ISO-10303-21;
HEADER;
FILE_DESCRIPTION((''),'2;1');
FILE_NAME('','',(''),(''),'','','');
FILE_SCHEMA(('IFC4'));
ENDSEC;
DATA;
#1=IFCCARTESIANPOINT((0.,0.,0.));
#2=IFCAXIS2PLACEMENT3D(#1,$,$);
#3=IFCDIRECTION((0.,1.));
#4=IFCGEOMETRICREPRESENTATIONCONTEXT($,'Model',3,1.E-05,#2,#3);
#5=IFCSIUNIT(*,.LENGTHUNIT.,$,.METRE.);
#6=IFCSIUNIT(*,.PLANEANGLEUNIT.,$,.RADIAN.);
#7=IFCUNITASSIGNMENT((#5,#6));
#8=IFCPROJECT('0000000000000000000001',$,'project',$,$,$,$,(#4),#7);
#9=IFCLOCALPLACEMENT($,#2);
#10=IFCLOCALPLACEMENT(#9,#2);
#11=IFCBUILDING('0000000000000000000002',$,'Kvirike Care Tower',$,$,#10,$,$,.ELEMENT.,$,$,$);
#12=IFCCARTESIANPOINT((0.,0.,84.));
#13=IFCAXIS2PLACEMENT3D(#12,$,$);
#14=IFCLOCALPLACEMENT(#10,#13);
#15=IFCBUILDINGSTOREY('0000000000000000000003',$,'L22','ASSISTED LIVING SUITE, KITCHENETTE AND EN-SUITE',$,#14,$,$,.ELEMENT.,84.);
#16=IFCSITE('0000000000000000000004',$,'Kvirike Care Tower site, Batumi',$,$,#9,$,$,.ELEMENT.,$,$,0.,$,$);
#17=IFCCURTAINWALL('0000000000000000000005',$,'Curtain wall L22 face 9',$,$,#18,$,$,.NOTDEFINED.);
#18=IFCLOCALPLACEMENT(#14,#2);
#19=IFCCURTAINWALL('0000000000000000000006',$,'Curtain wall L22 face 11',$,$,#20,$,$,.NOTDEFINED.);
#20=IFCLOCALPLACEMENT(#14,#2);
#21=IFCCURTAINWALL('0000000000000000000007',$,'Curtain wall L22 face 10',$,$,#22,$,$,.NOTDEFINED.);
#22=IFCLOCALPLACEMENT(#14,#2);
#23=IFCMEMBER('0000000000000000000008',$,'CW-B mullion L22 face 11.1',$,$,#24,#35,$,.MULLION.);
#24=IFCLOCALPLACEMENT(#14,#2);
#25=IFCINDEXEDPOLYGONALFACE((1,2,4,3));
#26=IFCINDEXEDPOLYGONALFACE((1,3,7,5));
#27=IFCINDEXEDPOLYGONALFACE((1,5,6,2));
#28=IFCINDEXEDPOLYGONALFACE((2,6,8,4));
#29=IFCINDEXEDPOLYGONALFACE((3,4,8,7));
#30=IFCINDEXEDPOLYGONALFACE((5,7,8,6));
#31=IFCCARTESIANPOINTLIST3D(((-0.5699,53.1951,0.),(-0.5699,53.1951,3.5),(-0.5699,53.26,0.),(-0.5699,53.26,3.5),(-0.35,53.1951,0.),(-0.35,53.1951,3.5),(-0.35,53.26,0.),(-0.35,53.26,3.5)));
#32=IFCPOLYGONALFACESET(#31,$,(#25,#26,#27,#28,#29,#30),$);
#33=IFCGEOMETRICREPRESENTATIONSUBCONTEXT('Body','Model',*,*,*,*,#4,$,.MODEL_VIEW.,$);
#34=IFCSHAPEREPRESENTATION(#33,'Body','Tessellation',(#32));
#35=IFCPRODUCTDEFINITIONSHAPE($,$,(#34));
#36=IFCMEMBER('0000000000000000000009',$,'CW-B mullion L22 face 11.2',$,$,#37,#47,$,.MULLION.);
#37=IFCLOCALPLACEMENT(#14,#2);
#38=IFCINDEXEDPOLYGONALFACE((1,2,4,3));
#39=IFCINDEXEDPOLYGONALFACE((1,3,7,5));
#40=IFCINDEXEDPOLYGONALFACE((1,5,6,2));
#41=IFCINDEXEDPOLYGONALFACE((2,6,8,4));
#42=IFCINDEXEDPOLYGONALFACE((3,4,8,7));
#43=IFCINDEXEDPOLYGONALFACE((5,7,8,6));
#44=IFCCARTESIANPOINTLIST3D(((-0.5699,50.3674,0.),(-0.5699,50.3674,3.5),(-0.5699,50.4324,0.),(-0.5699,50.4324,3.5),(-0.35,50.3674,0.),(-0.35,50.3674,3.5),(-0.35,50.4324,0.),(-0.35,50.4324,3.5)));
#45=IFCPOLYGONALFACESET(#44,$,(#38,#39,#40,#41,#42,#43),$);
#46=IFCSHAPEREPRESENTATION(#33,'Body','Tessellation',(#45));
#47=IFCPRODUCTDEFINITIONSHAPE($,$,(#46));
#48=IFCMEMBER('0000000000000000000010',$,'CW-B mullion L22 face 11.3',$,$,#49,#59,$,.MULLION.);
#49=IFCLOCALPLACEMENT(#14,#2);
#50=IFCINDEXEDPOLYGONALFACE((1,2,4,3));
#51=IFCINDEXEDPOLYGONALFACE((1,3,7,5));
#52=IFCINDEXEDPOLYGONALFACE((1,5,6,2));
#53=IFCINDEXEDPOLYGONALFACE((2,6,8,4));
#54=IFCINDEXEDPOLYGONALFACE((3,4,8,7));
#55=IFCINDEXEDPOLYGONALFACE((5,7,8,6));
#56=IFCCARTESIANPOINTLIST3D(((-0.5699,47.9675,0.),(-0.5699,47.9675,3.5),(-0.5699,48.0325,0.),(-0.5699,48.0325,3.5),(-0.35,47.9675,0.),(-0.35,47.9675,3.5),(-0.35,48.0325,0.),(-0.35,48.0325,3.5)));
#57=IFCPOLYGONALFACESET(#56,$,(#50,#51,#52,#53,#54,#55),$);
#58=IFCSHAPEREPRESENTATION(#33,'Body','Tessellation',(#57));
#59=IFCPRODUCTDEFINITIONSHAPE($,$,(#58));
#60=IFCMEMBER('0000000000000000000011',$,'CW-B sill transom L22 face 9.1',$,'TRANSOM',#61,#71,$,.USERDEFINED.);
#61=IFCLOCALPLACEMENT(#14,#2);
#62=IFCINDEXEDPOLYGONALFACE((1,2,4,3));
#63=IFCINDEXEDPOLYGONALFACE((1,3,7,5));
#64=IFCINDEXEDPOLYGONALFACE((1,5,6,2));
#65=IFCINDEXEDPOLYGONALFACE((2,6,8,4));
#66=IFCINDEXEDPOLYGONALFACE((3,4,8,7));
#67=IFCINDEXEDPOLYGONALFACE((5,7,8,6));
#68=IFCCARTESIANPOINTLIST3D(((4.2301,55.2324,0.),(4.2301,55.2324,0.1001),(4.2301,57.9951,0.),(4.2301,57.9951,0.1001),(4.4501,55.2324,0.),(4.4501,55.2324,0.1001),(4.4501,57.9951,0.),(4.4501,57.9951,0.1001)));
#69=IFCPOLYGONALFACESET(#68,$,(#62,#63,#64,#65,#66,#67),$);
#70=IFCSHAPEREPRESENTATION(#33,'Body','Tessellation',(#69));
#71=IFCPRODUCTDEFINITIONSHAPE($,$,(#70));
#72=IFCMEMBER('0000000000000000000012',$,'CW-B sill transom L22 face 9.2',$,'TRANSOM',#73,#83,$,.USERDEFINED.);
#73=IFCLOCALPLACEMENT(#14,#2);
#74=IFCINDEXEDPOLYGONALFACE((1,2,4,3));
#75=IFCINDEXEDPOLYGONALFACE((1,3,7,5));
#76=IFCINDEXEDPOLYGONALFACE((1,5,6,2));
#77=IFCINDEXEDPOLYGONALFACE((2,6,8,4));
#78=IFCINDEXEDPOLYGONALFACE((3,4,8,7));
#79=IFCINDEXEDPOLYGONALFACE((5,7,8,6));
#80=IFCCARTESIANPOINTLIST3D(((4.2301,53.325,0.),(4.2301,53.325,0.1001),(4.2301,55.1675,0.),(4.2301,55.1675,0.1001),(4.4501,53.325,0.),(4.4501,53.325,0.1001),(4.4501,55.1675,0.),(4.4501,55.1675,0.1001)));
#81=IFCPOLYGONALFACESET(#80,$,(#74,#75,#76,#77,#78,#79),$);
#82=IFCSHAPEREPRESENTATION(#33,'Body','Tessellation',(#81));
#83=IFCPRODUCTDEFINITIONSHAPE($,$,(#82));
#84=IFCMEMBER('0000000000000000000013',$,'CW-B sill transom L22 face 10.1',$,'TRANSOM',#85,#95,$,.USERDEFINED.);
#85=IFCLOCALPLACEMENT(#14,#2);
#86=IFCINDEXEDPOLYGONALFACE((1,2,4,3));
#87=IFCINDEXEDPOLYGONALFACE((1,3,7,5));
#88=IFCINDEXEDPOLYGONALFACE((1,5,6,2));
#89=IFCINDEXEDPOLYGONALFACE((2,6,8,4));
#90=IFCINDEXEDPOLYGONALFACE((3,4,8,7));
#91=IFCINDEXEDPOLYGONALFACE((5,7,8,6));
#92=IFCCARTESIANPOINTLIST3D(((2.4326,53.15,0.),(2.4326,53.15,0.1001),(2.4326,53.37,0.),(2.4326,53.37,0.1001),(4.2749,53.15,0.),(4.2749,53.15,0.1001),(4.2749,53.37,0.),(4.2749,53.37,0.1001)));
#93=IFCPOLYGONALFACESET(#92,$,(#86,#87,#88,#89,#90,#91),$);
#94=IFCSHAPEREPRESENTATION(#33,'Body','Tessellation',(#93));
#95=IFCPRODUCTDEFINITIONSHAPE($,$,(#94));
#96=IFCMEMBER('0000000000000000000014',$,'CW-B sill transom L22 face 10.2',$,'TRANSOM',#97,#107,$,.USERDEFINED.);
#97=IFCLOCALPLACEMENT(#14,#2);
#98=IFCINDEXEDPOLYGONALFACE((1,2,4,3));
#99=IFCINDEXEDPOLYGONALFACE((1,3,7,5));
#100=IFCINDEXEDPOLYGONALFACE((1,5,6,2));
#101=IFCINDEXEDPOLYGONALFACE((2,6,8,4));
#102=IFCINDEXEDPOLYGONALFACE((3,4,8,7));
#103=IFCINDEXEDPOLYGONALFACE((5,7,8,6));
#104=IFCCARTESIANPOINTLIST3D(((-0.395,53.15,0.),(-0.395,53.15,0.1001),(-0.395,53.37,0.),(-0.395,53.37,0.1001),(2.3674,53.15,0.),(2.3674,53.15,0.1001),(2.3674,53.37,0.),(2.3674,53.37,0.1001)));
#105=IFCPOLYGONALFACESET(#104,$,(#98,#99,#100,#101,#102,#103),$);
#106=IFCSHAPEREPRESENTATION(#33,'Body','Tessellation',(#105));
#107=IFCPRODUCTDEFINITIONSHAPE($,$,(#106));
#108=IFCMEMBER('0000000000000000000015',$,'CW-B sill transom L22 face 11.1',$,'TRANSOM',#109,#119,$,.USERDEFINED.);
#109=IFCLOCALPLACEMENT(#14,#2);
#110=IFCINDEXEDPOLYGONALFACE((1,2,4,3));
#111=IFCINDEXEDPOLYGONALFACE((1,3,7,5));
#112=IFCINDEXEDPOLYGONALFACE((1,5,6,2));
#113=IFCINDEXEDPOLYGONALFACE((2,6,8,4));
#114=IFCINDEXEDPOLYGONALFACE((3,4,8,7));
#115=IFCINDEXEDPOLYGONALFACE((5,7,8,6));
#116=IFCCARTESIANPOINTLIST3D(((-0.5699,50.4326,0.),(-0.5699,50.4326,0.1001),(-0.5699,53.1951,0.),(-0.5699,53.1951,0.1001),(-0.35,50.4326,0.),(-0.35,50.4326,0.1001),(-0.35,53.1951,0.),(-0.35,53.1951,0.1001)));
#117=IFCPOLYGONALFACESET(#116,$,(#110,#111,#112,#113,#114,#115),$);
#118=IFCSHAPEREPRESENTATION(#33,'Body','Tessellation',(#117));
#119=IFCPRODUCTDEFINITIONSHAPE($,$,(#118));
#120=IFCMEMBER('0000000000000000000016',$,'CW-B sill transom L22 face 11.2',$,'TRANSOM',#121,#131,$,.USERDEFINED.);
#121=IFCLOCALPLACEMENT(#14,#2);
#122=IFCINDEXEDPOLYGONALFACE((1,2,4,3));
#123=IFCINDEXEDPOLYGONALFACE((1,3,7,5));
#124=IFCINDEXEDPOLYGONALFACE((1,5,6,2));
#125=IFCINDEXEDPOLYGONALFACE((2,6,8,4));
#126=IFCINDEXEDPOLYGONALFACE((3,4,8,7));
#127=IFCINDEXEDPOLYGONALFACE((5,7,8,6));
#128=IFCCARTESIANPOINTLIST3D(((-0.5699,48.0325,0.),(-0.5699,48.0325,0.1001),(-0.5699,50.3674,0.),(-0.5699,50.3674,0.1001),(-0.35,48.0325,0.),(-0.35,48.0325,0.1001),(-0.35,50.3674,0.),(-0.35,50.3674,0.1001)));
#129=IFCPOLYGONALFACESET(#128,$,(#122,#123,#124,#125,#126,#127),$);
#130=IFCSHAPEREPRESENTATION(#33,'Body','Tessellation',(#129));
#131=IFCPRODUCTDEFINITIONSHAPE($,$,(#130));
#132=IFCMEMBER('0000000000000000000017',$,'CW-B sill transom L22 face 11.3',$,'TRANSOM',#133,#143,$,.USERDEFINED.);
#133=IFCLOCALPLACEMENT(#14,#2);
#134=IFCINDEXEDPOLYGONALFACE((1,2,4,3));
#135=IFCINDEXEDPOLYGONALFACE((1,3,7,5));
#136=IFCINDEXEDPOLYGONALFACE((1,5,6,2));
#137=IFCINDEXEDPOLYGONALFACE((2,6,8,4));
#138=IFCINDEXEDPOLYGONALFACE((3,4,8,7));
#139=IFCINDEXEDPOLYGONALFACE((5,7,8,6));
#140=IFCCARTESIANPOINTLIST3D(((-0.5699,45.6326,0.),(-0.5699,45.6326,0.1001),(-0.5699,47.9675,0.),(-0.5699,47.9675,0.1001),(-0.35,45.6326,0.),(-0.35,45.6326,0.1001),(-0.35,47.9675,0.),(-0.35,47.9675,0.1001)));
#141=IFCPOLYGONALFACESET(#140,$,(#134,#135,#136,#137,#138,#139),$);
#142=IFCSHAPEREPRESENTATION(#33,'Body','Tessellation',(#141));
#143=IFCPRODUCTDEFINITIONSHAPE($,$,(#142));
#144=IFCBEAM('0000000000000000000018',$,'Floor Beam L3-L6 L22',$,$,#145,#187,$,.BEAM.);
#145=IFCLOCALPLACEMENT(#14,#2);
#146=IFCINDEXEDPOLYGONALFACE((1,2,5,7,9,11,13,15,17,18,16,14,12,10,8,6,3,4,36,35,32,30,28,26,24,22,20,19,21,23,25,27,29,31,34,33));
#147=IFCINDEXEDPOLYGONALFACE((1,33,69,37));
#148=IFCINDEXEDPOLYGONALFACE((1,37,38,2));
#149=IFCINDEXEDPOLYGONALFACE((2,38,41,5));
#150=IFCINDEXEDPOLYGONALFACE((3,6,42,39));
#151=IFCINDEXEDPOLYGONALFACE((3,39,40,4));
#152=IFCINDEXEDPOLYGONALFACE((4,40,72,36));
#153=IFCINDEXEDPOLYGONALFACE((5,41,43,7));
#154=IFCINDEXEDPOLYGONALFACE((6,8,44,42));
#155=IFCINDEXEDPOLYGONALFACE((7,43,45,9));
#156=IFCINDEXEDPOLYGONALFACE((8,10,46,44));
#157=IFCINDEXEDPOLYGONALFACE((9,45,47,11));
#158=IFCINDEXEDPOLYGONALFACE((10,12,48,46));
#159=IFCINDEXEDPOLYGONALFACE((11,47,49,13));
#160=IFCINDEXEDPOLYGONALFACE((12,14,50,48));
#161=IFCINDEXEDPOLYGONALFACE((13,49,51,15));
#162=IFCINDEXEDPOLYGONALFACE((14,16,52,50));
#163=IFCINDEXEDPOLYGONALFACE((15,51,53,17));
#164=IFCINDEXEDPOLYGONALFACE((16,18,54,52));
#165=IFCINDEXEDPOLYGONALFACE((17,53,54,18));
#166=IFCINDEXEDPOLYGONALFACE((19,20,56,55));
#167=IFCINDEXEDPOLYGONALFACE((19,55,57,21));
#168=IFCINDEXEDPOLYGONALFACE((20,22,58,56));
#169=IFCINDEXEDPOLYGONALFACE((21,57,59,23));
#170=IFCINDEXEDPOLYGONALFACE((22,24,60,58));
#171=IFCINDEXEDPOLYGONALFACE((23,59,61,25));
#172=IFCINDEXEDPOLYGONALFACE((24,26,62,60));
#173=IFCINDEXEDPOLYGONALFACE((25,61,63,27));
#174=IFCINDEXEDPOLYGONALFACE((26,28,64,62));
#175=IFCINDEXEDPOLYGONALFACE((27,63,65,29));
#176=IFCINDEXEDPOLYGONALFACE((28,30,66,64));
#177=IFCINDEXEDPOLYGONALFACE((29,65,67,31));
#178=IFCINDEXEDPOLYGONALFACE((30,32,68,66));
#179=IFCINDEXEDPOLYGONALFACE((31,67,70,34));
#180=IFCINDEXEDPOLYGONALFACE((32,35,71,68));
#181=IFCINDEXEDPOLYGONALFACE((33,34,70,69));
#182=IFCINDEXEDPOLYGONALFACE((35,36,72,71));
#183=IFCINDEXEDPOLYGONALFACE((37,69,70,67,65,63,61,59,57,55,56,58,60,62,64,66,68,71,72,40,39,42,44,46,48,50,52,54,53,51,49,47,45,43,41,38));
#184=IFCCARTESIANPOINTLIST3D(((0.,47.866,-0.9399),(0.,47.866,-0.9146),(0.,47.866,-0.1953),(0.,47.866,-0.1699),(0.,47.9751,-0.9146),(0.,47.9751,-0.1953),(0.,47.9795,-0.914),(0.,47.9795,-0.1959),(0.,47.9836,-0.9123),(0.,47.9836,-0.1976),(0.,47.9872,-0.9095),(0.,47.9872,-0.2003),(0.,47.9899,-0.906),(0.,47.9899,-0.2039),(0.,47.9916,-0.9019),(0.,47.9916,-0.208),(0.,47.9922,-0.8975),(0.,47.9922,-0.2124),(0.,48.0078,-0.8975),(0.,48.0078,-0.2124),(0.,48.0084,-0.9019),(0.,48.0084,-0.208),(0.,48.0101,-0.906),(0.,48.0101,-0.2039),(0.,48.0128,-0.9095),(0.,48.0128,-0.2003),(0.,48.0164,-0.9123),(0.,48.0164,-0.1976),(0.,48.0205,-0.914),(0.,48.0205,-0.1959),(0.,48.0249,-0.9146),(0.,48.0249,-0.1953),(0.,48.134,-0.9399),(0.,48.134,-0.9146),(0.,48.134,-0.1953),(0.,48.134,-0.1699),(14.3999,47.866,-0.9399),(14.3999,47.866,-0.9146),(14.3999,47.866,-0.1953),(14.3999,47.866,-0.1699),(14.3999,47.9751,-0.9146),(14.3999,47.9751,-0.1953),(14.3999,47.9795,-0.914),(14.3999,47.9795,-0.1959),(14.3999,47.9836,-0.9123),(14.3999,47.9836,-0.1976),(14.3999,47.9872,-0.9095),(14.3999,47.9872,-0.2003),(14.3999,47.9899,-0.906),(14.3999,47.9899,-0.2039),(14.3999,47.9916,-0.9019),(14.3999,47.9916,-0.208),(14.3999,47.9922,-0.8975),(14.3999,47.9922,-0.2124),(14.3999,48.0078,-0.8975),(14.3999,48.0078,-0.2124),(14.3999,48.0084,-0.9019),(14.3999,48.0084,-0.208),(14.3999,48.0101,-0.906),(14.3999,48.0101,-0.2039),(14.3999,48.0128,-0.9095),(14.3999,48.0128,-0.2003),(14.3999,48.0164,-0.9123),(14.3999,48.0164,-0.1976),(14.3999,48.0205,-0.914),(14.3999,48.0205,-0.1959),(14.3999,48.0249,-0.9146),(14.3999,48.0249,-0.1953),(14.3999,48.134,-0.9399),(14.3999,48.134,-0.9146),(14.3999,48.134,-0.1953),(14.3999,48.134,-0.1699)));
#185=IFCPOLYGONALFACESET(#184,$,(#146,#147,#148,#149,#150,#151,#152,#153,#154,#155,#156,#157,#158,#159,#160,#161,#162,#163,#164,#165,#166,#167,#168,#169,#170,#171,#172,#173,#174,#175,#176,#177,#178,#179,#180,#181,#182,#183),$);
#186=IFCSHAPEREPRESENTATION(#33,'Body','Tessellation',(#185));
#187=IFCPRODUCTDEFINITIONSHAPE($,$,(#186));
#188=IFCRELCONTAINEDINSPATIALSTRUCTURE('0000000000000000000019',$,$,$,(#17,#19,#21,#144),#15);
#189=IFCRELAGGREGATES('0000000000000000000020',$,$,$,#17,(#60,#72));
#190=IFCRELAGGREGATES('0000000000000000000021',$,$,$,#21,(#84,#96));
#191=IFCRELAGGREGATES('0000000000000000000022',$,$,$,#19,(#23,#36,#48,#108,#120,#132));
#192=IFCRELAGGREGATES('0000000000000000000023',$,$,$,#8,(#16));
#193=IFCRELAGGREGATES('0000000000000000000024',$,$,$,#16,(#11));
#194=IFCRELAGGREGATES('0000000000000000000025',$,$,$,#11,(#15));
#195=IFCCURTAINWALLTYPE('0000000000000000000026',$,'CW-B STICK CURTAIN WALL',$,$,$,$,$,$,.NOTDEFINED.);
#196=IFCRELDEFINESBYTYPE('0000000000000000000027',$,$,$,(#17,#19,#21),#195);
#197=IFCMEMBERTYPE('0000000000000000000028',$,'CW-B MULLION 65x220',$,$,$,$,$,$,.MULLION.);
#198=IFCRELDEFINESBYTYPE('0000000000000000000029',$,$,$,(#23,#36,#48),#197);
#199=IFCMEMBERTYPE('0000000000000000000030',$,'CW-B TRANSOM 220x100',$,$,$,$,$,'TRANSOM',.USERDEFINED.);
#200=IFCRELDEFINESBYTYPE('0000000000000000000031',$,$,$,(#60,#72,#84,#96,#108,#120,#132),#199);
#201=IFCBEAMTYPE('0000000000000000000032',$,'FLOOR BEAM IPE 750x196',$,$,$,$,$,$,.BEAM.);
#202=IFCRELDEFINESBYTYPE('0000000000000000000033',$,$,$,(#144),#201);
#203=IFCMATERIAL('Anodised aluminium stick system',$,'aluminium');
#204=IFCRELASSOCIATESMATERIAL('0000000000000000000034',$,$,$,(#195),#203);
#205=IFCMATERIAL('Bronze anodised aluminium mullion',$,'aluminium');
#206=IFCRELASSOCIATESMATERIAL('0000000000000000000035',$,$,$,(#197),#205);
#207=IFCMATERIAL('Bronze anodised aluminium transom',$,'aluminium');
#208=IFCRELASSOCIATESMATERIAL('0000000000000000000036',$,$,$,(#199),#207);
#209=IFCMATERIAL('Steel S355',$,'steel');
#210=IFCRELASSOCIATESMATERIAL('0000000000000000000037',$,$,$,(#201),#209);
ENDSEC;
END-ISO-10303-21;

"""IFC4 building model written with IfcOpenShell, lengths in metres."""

from ifc_helpers import new_model, si_unit, direction, frame, origin, origin_2d, place, context, subcontext, project, spatial, rectangle, i_section, extrude, material, material_profile, profile_set, type_object, element, aggregate, save


model = new_model("IFC4")

# Units and contexts
model_context = context("Model", 3, precision=1e-05, world=origin(), true_north=direction((0.0, 1.0)))
body_context = subcontext(model_context, "Body", "Model", "MODEL_VIEW")
ifc_project = project(units=[si_unit("LENGTHUNIT", "METRE"), si_unit("PLANEANGLEUNIT", "RADIAN")], contexts=[model_context])

# Site, building, storey
site_placement = place(None, origin())
site = spatial("IfcSite", under=ifc_project, at=site_placement, Name="Kvirike Care Tower site, Batumi", CompositionType="ELEMENT", RefElevation=0.0)
building_placement = place(site_placement, origin())
building = spatial("IfcBuilding", under=site, at=building_placement, Name="Kvirike Care Tower", CompositionType="ELEMENT")
storey_placement = place(building_placement, frame((0.0, 0.0, 84.0)))
storey = spatial("IfcBuildingStorey", under=building, at=storey_placement, Name="L22", Description="ASSISTED LIVING SUITE, KITCHENETTE AND EN-SUITE", CompositionType="ELEMENT", Elevation=84.0)

# Curtain walls
ifc_material_1 = material(Name="Anodised aluminium stick system", Category="aluminium")
curtain_wall_type = type_object("IfcCurtainWallType", Name="CW-B STICK CURTAIN WALL", PredefinedType="NOTDEFINED", material=ifc_material_1)
curtain_wall_1_placement = place(storey_placement, origin())
curtain_wall_1 = element("IfcCurtainWall", 1, at=curtain_wall_1_placement, inside=storey, type_object=curtain_wall_type, Name="Curtain wall L22 face 9", PredefinedType="NOTDEFINED")
curtain_wall_2_placement = place(storey_placement, origin())
curtain_wall_2 = element("IfcCurtainWall", 2, at=curtain_wall_2_placement, inside=storey, type_object=curtain_wall_type, Name="Curtain wall L22 face 11", PredefinedType="NOTDEFINED")
ifc_material_2 = material(Name="Bronze anodised aluminium mullion", Category="aluminium")
ifc_material_profile_1 = material_profile(ifc_material_2, rectangle(XDim=0.0649, YDim=0.22, at=origin_2d()), Name="CW-B MULLION 65x220")
ifc_profile_set_1 = profile_set([ifc_material_profile_1], Name="Bronze anodised aluminium mullion")
member_type_1 = type_object("IfcMemberType", Name="CW-B MULLION 65x220", PredefinedType="MULLION", material=ifc_profile_set_1)

# Curtain wall
curtain_wall_3_placement = place(storey_placement, origin())
curtain_wall_3 = element("IfcCurtainWall", 3, at=curtain_wall_3_placement, inside=storey, type_object=curtain_wall_type, Name="Curtain wall L22 face 10", PredefinedType="NOTDEFINED")

# Members
member_1_placement = place(storey_placement, frame((-0.46, 53.2275, 0.0), z_axis=(0.0, 0.0, 1.0), x_axis=(0.0, -1.0, 0.0)))
member_1 = element("IfcMember", 4, at=member_1_placement, type_object=member_type_1, Name="CW-B mullion L22 face 11.1", PredefinedType="MULLION", context=body_context, shape_type="SweptSolid", body=[
    extrude(rectangle(XDim=0.0649, YDim=0.22, at=origin_2d()), origin(), (0.0, 0.0, 1.0), 3.5),
])
member_2_placement = place(storey_placement, frame((-0.46, 50.3999, 0.0), z_axis=(0.0, 0.0, 1.0), x_axis=(0.0, -1.0, 0.0)))
member_2 = element("IfcMember", 5, at=member_2_placement, type_object=member_type_1, Name="CW-B mullion L22 face 11.2", PredefinedType="MULLION", context=body_context, shape_type="SweptSolid", body=[
    extrude(rectangle(XDim=0.0649, YDim=0.22, at=origin_2d()), origin(), (0.0, 0.0, 1.0), 3.5),
])
member_3_placement = place(storey_placement, frame((-0.46, 48.0, 0.0), z_axis=(0.0, 0.0, 1.0), x_axis=(0.0, -1.0, 0.0)))
member_3 = element("IfcMember", 6, at=member_3_placement, type_object=member_type_1, Name="CW-B mullion L22 face 11.3", PredefinedType="MULLION", context=body_context, shape_type="SweptSolid", body=[
    extrude(rectangle(XDim=0.0649, YDim=0.22, at=origin_2d()), origin(), (0.0, 0.0, 1.0), 3.5),
])
ifc_material_3 = material(Name="Bronze anodised aluminium transom", Category="aluminium")
ifc_material_profile_2 = material_profile(ifc_material_3, rectangle(XDim=0.22, YDim=0.1001, at=origin_2d()), Name="CW-B TRANSOM 220x100")
ifc_profile_set_2 = profile_set([ifc_material_profile_2], Name="Bronze anodised aluminium transom")
member_type_2 = type_object("IfcMemberType", Name="CW-B TRANSOM 220x100", ElementType="TRANSOM", PredefinedType="USERDEFINED", material=ifc_profile_set_2)
member_4_placement = place(storey_placement, frame((4.3401, 57.9951, 0.05), z_axis=(0.0, -1.0, 0.0), x_axis=(1.0, 0.0, 0.0)))
member_4 = element("IfcMember", 7, at=member_4_placement, type_object=member_type_2, Name="CW-B sill transom L22 face 9.1", ObjectType="TRANSOM", PredefinedType="USERDEFINED", context=body_context, shape_type="SweptSolid", body=[
    extrude(rectangle(XDim=0.22, YDim=0.1001, at=origin_2d()), origin(), (0.0, 0.0, 1.0), 2.7627),
])
member_5_placement = place(storey_placement, frame((4.3401, 55.1675, 0.05), z_axis=(0.0, -1.0, 0.0), x_axis=(1.0, 0.0, 0.0)))
member_5 = element("IfcMember", 8, at=member_5_placement, type_object=member_type_2, Name="CW-B sill transom L22 face 9.2", ObjectType="TRANSOM", PredefinedType="USERDEFINED", context=body_context, shape_type="SweptSolid", body=[
    extrude(rectangle(XDim=0.22, YDim=0.1001, at=origin_2d()), origin(), (0.0, 0.0, 1.0), 1.8425),
])
member_6_placement = place(storey_placement, frame((4.2749, 53.26, 0.05), z_axis=(-1.0, 0.0, 0.0), x_axis=(0.0, -1.0, 0.0)))
member_6 = element("IfcMember", 9, at=member_6_placement, type_object=member_type_2, Name="CW-B sill transom L22 face 10.1", ObjectType="TRANSOM", PredefinedType="USERDEFINED", context=body_context, shape_type="SweptSolid", body=[
    extrude(rectangle(XDim=0.22, YDim=0.1001, at=origin_2d()), origin(), (0.0, 0.0, 1.0), 1.8423),
])
member_7_placement = place(storey_placement, frame((2.3674, 53.26, 0.05), z_axis=(-1.0, 0.0, 0.0), x_axis=(0.0, -1.0, 0.0)))
member_7 = element("IfcMember", 10, at=member_7_placement, type_object=member_type_2, Name="CW-B sill transom L22 face 10.2", ObjectType="TRANSOM", PredefinedType="USERDEFINED", context=body_context, shape_type="SweptSolid", body=[
    extrude(rectangle(XDim=0.22, YDim=0.1001, at=origin_2d()), origin(), (0.0, 0.0, 1.0), 2.7625),
])
member_8_placement = place(storey_placement, frame((-0.46, 53.1951, 0.05), z_axis=(0.0, -1.0, 0.0), x_axis=(1.0, 0.0, 0.0)))
member_8 = element("IfcMember", 11, at=member_8_placement, type_object=member_type_2, Name="CW-B sill transom L22 face 11.1", ObjectType="TRANSOM", PredefinedType="USERDEFINED", context=body_context, shape_type="SweptSolid", body=[
    extrude(rectangle(XDim=0.22, YDim=0.1001, at=origin_2d()), origin(), (0.0, 0.0, 1.0), 2.7625),
])
member_9_placement = place(storey_placement, frame((-0.46, 50.3674, 0.05), z_axis=(0.0, -1.0, 0.0), x_axis=(1.0, 0.0, 0.0)))
member_9 = element("IfcMember", 12, at=member_9_placement, type_object=member_type_2, Name="CW-B sill transom L22 face 11.2", ObjectType="TRANSOM", PredefinedType="USERDEFINED", context=body_context, shape_type="SweptSolid", body=[
    extrude(rectangle(XDim=0.22, YDim=0.1001, at=origin_2d()), origin(), (0.0, 0.0, 1.0), 2.335),
])
member_10_placement = place(storey_placement, frame((-0.46, 47.9675, 0.05), z_axis=(0.0, -1.0, 0.0), x_axis=(1.0, 0.0, 0.0)))
member_10 = element("IfcMember", 13, at=member_10_placement, type_object=member_type_2, Name="CW-B sill transom L22 face 11.3", ObjectType="TRANSOM", PredefinedType="USERDEFINED", context=body_context, shape_type="SweptSolid", body=[
    extrude(rectangle(XDim=0.22, YDim=0.1001, at=origin_2d()), origin(), (0.0, 0.0, 1.0), 2.335),
])

# Beam
ifc_material_4 = material(Name="Steel S355", Category="steel")
ifc_material_profile_3 = material_profile(ifc_material_4, i_section(OverallWidth=0.2681, OverallDepth=0.77, WebThickness=0.0156, FlangeThickness=0.0254, FilletRadius=0.0171, at=origin_2d()), Name="IPE 750x196")
ifc_profile_set_3 = profile_set([ifc_material_profile_3], Name="Steel S355")
beam_type_1 = type_object("IfcBeamType", Name="FLOOR BEAM IPE 750x196", PredefinedType="BEAM", material=ifc_profile_set_3)
beam_placement = place(storey_placement, frame((0.0, 48.0, -0.5549), z_axis=(1.0, 0.0, 0.0), x_axis=(0.0, 1.0, 0.0)))
element("IfcBeam", 14, at=beam_placement, inside=storey, type_object=beam_type_1, Name="Floor Beam L3-L6 L22", PredefinedType="BEAM", context=body_context, shape_type="SweptSolid", body=[
    extrude(i_section(OverallWidth=0.2681, OverallDepth=0.77, WebThickness=0.0156, FlangeThickness=0.0254, FilletRadius=0.0171, at=origin_2d()), origin(), (0.0, 0.0, 1.0), 14.3999),
])

aggregate(curtain_wall_1, [member_4, member_5])
aggregate(curtain_wall_3, [member_6, member_7])
aggregate(curtain_wall_2, [member_1, member_2, member_3, member_8, member_9, member_10])

save(model, "model.ifc")
